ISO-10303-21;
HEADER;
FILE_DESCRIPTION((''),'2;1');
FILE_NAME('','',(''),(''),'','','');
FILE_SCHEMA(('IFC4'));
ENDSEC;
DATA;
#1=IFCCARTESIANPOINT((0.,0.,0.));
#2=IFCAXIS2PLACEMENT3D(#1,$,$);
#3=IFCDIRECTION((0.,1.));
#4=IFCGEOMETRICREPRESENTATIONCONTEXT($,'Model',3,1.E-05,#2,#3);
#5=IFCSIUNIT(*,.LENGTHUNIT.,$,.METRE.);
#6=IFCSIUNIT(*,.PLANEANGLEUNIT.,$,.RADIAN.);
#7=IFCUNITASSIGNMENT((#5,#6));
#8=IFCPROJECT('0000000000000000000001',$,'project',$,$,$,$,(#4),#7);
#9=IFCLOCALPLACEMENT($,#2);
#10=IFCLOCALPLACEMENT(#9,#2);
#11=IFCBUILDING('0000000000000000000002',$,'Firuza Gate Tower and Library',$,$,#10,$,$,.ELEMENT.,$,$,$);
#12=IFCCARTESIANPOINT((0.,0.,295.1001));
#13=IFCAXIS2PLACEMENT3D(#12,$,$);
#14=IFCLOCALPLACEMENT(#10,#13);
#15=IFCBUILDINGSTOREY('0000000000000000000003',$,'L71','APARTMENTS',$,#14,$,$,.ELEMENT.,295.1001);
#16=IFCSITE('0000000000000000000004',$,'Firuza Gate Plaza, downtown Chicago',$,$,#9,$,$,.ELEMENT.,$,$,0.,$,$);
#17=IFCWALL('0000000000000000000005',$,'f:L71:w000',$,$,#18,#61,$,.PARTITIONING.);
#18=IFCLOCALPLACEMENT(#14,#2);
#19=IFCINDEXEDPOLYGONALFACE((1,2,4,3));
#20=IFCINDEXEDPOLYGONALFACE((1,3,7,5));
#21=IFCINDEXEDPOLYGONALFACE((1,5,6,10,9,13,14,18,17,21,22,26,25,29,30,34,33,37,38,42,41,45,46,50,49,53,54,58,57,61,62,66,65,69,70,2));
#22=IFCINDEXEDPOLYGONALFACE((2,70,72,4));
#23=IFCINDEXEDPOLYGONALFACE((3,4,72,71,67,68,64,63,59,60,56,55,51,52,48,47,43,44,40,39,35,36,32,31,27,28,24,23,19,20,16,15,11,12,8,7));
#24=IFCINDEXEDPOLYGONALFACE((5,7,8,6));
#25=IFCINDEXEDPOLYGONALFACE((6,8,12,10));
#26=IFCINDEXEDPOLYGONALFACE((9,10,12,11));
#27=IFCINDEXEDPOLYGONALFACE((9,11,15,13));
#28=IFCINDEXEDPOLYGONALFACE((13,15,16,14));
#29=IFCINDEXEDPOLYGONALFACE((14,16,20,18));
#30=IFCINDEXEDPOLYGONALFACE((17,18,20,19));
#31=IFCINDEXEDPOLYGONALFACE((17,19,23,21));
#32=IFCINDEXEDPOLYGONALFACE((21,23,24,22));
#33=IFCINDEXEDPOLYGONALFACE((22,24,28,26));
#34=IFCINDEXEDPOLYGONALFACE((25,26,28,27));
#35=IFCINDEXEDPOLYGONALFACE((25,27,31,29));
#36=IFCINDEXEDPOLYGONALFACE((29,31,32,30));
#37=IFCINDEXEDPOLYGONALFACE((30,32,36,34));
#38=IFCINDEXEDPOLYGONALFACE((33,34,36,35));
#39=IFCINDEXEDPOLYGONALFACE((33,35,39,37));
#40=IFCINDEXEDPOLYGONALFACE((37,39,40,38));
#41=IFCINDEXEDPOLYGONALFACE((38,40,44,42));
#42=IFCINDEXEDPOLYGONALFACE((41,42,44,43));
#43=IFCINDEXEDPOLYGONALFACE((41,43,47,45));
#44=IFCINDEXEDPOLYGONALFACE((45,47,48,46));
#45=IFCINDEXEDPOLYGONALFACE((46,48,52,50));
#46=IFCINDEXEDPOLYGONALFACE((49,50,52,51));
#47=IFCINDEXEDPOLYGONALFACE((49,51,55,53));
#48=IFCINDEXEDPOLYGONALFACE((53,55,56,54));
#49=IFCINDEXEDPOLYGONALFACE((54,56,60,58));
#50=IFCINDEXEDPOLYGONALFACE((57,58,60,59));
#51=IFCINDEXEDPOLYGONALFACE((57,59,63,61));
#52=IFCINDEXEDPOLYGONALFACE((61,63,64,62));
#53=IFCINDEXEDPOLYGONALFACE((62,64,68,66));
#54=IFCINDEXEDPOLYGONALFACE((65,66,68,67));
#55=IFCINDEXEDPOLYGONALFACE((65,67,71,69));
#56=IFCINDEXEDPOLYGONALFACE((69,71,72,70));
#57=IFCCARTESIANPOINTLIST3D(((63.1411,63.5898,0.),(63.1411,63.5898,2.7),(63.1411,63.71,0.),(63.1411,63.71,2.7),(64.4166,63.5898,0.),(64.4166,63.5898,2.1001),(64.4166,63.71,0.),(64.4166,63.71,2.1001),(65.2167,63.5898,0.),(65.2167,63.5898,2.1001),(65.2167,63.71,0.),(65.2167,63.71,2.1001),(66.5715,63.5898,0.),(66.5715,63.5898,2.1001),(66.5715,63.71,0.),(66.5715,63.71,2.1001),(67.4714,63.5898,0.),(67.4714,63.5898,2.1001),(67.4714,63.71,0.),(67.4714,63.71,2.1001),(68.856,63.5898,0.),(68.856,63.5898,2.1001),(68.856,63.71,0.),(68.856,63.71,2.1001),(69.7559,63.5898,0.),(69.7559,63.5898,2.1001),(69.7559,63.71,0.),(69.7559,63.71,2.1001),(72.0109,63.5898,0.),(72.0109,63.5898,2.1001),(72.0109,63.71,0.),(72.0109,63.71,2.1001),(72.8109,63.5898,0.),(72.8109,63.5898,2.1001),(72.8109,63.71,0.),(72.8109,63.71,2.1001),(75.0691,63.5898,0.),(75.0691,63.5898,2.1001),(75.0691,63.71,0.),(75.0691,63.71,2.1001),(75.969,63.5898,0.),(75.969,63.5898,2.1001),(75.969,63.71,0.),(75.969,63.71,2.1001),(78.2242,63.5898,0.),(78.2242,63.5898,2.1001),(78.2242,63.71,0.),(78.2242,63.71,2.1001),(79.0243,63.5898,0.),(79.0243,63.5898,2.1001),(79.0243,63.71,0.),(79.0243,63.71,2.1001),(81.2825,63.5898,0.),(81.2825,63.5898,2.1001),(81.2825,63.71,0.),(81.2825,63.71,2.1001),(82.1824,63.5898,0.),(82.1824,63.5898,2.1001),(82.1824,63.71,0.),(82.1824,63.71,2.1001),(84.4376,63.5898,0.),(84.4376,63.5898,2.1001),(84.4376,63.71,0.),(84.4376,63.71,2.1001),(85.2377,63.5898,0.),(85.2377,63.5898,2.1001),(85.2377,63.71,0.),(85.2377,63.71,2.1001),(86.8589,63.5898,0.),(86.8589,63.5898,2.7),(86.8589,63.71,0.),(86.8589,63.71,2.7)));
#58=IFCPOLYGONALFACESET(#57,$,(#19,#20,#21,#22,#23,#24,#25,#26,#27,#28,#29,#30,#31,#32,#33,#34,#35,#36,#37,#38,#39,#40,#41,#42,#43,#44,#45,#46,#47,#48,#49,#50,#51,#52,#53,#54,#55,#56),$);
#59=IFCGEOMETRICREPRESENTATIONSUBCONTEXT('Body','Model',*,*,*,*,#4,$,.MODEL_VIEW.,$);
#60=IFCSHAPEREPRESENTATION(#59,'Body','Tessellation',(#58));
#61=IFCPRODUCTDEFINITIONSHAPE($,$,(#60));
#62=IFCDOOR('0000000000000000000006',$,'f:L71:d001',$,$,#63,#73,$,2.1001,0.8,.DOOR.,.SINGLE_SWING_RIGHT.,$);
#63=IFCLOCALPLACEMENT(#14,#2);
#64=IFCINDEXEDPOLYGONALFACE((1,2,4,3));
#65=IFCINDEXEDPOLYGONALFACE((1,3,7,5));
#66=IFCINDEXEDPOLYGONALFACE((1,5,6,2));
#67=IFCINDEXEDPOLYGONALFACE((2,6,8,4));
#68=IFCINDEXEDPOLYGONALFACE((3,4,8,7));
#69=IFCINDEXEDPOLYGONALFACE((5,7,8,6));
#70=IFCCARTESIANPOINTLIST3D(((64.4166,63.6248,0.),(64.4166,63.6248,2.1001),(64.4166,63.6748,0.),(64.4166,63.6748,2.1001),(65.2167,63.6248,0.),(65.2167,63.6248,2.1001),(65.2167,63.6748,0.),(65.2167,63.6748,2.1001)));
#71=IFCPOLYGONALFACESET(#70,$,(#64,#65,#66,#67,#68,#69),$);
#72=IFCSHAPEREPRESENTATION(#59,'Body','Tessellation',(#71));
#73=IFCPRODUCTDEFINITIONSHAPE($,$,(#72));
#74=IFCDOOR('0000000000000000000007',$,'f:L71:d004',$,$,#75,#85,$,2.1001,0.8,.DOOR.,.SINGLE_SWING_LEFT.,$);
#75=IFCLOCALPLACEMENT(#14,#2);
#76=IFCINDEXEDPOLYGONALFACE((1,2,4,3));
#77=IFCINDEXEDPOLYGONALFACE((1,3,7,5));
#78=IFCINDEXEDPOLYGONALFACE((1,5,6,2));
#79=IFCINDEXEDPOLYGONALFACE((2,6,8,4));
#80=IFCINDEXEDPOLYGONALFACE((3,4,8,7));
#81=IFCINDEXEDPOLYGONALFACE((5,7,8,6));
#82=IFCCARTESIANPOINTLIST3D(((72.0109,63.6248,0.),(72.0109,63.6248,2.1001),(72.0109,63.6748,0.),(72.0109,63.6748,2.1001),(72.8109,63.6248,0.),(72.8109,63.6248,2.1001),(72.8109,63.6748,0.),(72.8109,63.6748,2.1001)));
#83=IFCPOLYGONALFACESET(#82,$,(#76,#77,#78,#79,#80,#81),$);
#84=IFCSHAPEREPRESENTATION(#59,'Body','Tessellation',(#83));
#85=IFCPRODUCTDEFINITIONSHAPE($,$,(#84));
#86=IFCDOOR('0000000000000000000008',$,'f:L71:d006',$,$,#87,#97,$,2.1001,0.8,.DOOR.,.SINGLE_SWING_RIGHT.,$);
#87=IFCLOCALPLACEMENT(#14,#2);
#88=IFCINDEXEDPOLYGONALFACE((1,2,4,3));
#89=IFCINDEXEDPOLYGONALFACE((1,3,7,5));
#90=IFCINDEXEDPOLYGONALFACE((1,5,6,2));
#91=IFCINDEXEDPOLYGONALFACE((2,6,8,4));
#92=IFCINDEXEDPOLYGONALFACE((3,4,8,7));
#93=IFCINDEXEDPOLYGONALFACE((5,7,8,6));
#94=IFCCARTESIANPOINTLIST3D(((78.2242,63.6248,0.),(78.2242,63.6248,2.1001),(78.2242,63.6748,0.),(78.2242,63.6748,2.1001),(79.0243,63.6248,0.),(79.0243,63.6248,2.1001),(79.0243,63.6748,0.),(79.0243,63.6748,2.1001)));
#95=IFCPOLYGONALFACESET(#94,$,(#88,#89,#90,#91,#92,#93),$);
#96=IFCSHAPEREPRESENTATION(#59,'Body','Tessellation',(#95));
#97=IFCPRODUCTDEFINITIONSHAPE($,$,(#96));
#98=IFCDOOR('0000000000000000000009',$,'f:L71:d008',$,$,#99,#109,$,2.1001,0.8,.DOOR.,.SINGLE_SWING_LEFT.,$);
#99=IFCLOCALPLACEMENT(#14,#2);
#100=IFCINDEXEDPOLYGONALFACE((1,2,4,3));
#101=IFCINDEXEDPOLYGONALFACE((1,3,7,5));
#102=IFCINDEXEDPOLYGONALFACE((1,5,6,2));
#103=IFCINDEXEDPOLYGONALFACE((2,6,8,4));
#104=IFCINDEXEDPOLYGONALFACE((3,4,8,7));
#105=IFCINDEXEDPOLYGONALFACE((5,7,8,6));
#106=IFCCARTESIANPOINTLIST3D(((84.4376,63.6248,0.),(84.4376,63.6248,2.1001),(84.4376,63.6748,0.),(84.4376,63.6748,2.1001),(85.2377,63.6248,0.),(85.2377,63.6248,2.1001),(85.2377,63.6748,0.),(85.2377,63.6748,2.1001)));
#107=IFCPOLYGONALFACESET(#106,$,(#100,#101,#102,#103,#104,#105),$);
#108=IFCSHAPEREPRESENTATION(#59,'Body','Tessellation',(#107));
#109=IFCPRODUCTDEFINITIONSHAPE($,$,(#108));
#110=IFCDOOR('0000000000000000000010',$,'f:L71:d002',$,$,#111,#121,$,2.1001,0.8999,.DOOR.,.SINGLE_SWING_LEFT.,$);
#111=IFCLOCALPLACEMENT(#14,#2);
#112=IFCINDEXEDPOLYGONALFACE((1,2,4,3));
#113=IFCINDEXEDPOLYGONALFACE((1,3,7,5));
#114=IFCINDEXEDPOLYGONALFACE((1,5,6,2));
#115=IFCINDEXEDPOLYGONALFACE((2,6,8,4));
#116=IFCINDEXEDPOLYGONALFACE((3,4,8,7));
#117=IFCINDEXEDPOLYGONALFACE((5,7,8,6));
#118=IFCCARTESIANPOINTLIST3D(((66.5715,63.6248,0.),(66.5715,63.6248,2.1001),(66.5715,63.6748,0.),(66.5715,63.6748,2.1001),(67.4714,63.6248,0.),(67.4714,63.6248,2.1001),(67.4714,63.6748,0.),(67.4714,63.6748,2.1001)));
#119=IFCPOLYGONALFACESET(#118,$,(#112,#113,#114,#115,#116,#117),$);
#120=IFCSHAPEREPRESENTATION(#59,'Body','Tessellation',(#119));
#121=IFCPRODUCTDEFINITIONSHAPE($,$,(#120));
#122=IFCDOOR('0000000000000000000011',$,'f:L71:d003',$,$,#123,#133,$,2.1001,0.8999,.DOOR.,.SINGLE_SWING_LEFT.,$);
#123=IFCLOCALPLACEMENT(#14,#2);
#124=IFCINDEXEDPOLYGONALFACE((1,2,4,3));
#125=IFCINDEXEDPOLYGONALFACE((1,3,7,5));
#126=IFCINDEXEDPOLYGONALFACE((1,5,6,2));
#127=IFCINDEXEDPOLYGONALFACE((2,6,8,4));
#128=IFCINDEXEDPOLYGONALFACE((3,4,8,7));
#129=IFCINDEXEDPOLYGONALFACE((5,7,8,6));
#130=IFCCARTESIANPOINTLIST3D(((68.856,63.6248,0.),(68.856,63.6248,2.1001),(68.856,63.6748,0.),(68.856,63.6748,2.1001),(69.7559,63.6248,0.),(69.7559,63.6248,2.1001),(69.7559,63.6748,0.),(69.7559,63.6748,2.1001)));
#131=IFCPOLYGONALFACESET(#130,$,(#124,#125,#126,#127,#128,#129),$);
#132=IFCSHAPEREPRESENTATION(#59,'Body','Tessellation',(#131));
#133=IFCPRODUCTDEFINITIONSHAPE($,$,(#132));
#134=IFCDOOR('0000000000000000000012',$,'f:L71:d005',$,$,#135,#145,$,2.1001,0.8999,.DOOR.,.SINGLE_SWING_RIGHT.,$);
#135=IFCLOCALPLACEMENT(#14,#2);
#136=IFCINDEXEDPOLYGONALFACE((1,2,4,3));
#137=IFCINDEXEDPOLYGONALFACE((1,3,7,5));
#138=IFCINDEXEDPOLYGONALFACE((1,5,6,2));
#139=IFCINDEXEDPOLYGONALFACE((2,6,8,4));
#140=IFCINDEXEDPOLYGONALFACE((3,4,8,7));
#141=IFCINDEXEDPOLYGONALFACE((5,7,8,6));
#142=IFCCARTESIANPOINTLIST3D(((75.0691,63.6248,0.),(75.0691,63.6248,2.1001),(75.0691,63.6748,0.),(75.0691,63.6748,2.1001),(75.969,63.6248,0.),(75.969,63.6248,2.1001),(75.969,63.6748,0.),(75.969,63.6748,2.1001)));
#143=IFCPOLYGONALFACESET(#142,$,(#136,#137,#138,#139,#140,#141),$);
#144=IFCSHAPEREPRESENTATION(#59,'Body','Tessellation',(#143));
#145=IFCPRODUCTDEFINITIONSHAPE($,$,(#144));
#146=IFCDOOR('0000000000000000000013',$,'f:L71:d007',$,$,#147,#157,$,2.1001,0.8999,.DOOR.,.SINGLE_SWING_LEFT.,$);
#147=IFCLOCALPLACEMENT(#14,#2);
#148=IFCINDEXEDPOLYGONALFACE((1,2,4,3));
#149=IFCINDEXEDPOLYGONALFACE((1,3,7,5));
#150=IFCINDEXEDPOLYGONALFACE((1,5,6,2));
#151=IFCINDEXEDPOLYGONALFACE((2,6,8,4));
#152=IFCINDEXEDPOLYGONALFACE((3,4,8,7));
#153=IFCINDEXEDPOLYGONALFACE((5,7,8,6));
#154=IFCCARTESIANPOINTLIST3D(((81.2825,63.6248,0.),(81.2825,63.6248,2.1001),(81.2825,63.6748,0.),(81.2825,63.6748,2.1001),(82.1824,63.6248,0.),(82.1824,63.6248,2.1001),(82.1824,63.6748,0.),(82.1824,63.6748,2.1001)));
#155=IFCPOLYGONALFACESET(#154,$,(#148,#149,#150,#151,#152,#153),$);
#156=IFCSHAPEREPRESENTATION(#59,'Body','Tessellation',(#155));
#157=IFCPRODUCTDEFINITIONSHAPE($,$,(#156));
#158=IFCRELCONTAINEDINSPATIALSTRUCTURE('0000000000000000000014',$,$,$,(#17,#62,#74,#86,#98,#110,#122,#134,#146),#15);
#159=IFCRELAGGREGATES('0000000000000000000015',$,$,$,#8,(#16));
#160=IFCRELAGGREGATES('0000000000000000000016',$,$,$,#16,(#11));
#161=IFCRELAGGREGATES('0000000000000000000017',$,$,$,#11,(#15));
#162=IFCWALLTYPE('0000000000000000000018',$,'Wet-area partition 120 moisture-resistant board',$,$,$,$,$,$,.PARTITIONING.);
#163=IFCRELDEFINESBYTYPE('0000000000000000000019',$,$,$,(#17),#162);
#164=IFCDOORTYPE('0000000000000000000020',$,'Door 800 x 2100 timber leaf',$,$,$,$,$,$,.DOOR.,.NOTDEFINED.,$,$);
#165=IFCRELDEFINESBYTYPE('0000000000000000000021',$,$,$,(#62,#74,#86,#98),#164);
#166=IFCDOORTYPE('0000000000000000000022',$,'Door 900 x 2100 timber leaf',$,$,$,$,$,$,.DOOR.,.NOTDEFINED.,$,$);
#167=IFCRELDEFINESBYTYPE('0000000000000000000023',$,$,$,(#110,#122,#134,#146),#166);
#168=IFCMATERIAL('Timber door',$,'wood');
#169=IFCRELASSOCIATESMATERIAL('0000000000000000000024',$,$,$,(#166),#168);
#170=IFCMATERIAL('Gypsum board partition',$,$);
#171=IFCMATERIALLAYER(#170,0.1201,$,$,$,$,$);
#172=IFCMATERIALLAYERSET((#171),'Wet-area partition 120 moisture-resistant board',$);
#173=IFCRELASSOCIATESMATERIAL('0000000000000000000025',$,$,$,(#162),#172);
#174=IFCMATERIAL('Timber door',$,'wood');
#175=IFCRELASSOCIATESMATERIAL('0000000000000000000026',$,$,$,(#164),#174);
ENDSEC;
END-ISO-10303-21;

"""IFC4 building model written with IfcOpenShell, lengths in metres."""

from ifc_helpers import new_model, si_unit, direction, frame, frame_2d, origin, place, context, subcontext, project, spatial, rectangle, extrude, material, layer, layer_set, type_object, element, fill, save


model = new_model("IFC4")

# Units and contexts
model_context = context("Model", 3, precision=1e-05, world=origin(), true_north=direction((0.0, 1.0)))
body_context = subcontext(model_context, "Body", "Model", "MODEL_VIEW")
ifc_project = project(units=[si_unit("LENGTHUNIT", "METRE"), si_unit("PLANEANGLEUNIT", "RADIAN")], contexts=[model_context])

# Site, building, storey
site_placement = place(None, origin())
site = spatial("IfcSite", under=ifc_project, at=site_placement, Name="Firuza Gate Plaza, downtown Chicago", CompositionType="ELEMENT", RefElevation=0.0)
building_placement = place(site_placement, origin())
building = spatial("IfcBuilding", under=site, at=building_placement, Name="Firuza Gate Tower and Library", CompositionType="ELEMENT")
storey_placement = place(building_placement, frame((0.0, 0.0, 295.1001)))
storey = spatial("IfcBuildingStorey", under=building, at=storey_placement, Name="L71", Description="APARTMENTS", CompositionType="ELEMENT", Elevation=295.1001)

# Shared definitions
ifc_material_1 = material(Name="Timber door", Category="wood")
door_type_1 = type_object("IfcDoorType", Name="Door 900 x 2100 timber leaf", OperationType="NOTDEFINED", PredefinedType="DOOR", material=ifc_material_1)

# Wall, openings, doors
ifc_material_2 = material(Name="Gypsum board partition")
ifc_layer_1 = layer(ifc_material_2, 0.1201)
ifc_layer_set_1 = layer_set([ifc_layer_1], Name="Wet-area partition 120 moisture-resistant board")
wall_type_1 = type_object("IfcWallType", Name="Wet-area partition 120 moisture-resistant board", PredefinedType="PARTITIONING", material=ifc_layer_set_1)
wall_1_placement = place(storey_placement, frame((63.1411, 63.6499, 0.0), z_axis=(0.0, 0.0, 1.0), x_axis=(1.0, 0.0, 0.0)))
wall_1 = element("IfcWall", 1, at=wall_1_placement, inside=storey, type_object=wall_type_1, Name="f:L71:w000", PredefinedType="PARTITIONING", context=body_context, shape_type="SweptSolid", body=[
    extrude(rectangle(XDim=23.7178, YDim=0.1201, at=frame_2d((11.8589, 0.0))), origin(), (0.0, 0.0, 1.0), 2.7),
])
opening_1_placement = place(wall_1_placement, frame((1.2756, 0.0, 0.0)))
opening_1 = element("IfcOpeningElement", 2, at=opening_1_placement, cuts=wall_1, PredefinedType="OPENING", context=body_context, shape_type="SweptSolid", body=[
    extrude(rectangle(XDim=0.8, YDim=2.1001, at=frame_2d((0.3999, 1.05))), frame((0.0, 0.0701, 0.0), z_axis=(0.0, -1.0, 0.0), x_axis=(1.0, 0.0, 0.0)), (0.0, 0.0, 1.0), 0.1401),
])
opening_2_placement = place(wall_1_placement, frame((3.4304, 0.0, 0.0)))
opening_2 = element("IfcOpeningElement", 3, at=opening_2_placement, cuts=wall_1, PredefinedType="OPENING", context=body_context, shape_type="SweptSolid", body=[
    extrude(rectangle(XDim=0.8999, YDim=2.1001, at=frame_2d((0.45, 1.05))), frame((0.0, 0.0701, 0.0), z_axis=(0.0, -1.0, 0.0), x_axis=(1.0, 0.0, 0.0)), (0.0, 0.0, 1.0), 0.1401),
])
opening_3_placement = place(wall_1_placement, frame((5.7148, 0.0, 0.0)))
opening_3 = element("IfcOpeningElement", 4, at=opening_3_placement, cuts=wall_1, PredefinedType="OPENING", context=body_context, shape_type="SweptSolid", body=[
    extrude(rectangle(XDim=0.8999, YDim=2.1001, at=frame_2d((0.45, 1.05))), frame((0.0, 0.0701, 0.0), z_axis=(0.0, -1.0, 0.0), x_axis=(1.0, 0.0, 0.0)), (0.0, 0.0, 1.0), 0.1401),
])
opening_4_placement = place(wall_1_placement, frame((8.8699, 0.0, 0.0)))
opening_4 = element("IfcOpeningElement", 5, at=opening_4_placement, cuts=wall_1, PredefinedType="OPENING", context=body_context, shape_type="SweptSolid", body=[
    extrude(rectangle(XDim=0.8, YDim=2.1001, at=frame_2d((0.3999, 1.05))), frame((0.0, 0.0701, 0.0), z_axis=(0.0, -1.0, 0.0), x_axis=(1.0, 0.0, 0.0)), (0.0, 0.0, 1.0), 0.1401),
])
opening_5_placement = place(wall_1_placement, frame((11.928, 0.0, 0.0)))
opening_5 = element("IfcOpeningElement", 6, at=opening_5_placement, cuts=wall_1, PredefinedType="OPENING", context=body_context, shape_type="SweptSolid", body=[
    extrude(rectangle(XDim=0.8999, YDim=2.1001, at=frame_2d((0.45, 1.05))), frame((0.0, 0.0701, 0.0), z_axis=(0.0, -1.0, 0.0), x_axis=(1.0, 0.0, 0.0)), (0.0, 0.0, 1.0), 0.1401),
])
opening_6_placement = place(wall_1_placement, frame((15.0833, 0.0, 0.0)))
opening_6 = element("IfcOpeningElement", 7, at=opening_6_placement, cuts=wall_1, PredefinedType="OPENING", context=body_context, shape_type="SweptSolid", body=[
    extrude(rectangle(XDim=0.8, YDim=2.1001, at=frame_2d((0.3999, 1.05))), frame((0.0, 0.0701, 0.0), z_axis=(0.0, -1.0, 0.0), x_axis=(1.0, 0.0, 0.0)), (0.0, 0.0, 1.0), 0.1401),
])
opening_7_placement = place(wall_1_placement, frame((18.1414, 0.0, 0.0)))
opening_7 = element("IfcOpeningElement", 8, at=opening_7_placement, cuts=wall_1, PredefinedType="OPENING", context=body_context, shape_type="SweptSolid", body=[
    extrude(rectangle(XDim=0.8999, YDim=2.1001, at=frame_2d((0.45, 1.05))), frame((0.0, 0.0701, 0.0), z_axis=(0.0, -1.0, 0.0), x_axis=(1.0, 0.0, 0.0)), (0.0, 0.0, 1.0), 0.1401),
])
opening_8_placement = place(wall_1_placement, frame((21.2966, 0.0, 0.0)))
opening_8 = element("IfcOpeningElement", 9, at=opening_8_placement, cuts=wall_1, PredefinedType="OPENING", context=body_context, shape_type="SweptSolid", body=[
    extrude(rectangle(XDim=0.8, YDim=2.1001, at=frame_2d((0.3999, 1.05))), frame((0.0, 0.0701, 0.0), z_axis=(0.0, -1.0, 0.0), x_axis=(1.0, 0.0, 0.0)), (0.0, 0.0, 1.0), 0.1401),
])
ifc_material_3 = material(Name="Timber door", Category="wood")
door_type_2 = type_object("IfcDoorType", Name="Door 800 x 2100 timber leaf", OperationType="NOTDEFINED", PredefinedType="DOOR", material=ifc_material_3)
door_1_placement = place(opening_1_placement, origin())
door_1 = element("IfcDoor", 10, at=door_1_placement, inside=storey, type_object=door_type_2, Name="f:L71:d001", OperationType="SINGLE_SWING_RIGHT", OverallHeight=2.1001, OverallWidth=0.8, PredefinedType="DOOR", context=body_context, shape_type="SweptSolid", body=[
    extrude(rectangle(XDim=0.8, YDim=2.1001, at=frame_2d((0.3999, 1.05))), frame((0.0, 0.0249, 0.0), z_axis=(0.0, -1.0, 0.0), x_axis=(1.0, 0.0, 0.0)), (0.0, 0.0, 1.0), 0.05),
])
fill(opening_1, door_1)
door_2_placement = place(opening_4_placement, origin())
door_2 = element("IfcDoor", 11, at=door_2_placement, inside=storey, type_object=door_type_2, Name="f:L71:d004", OperationType="SINGLE_SWING_LEFT", OverallHeight=2.1001, OverallWidth=0.8, PredefinedType="DOOR", context=body_context, shape_type="SweptSolid", body=[
    extrude(rectangle(XDim=0.8, YDim=2.1001, at=frame_2d((0.3999, 1.05))), frame((0.0, 0.0249, 0.0), z_axis=(0.0, -1.0, 0.0), x_axis=(1.0, 0.0, 0.0)), (0.0, 0.0, 1.0), 0.05),
])
fill(opening_4, door_2)
door_3_placement = place(opening_6_placement, origin())
door_3 = element("IfcDoor", 12, at=door_3_placement, inside=storey, type_object=door_type_2, Name="f:L71:d006", OperationType="SINGLE_SWING_RIGHT", OverallHeight=2.1001, OverallWidth=0.8, PredefinedType="DOOR", context=body_context, shape_type="SweptSolid", body=[
    extrude(rectangle(XDim=0.8, YDim=2.1001, at=frame_2d((0.3999, 1.05))), frame((0.0, 0.0249, 0.0), z_axis=(0.0, -1.0, 0.0), x_axis=(1.0, 0.0, 0.0)), (0.0, 0.0, 1.0), 0.05),
])
fill(opening_6, door_3)
door_4_placement = place(opening_8_placement, origin())
door_4 = element("IfcDoor", 13, at=door_4_placement, inside=storey, type_object=door_type_2, Name="f:L71:d008", OperationType="SINGLE_SWING_LEFT", OverallHeight=2.1001, OverallWidth=0.8, PredefinedType="DOOR", context=body_context, shape_type="SweptSolid", body=[
    extrude(rectangle(XDim=0.8, YDim=2.1001, at=frame_2d((0.3999, 1.05))), frame((0.0, 0.0249, 0.0), z_axis=(0.0, -1.0, 0.0), x_axis=(1.0, 0.0, 0.0)), (0.0, 0.0, 1.0), 0.05),
])
fill(opening_8, door_4)
door_5_placement = place(opening_2_placement, origin())
door_5 = element("IfcDoor", 14, at=door_5_placement, inside=storey, type_object=door_type_1, Name="f:L71:d002", OperationType="SINGLE_SWING_LEFT", OverallHeight=2.1001, OverallWidth=0.8999, PredefinedType="DOOR", context=body_context, shape_type="SweptSolid", body=[
    extrude(rectangle(XDim=0.8999, YDim=2.1001, at=frame_2d((0.45, 1.05))), frame((0.0, 0.0249, 0.0), z_axis=(0.0, -1.0, 0.0), x_axis=(1.0, 0.0, 0.0)), (0.0, 0.0, 1.0), 0.05),
])
fill(opening_2, door_5)
door_6_placement = place(opening_3_placement, origin())
door_6 = element("IfcDoor", 15, at=door_6_placement, inside=storey, type_object=door_type_1, Name="f:L71:d003", OperationType="SINGLE_SWING_LEFT", OverallHeight=2.1001, OverallWidth=0.8999, PredefinedType="DOOR", context=body_context, shape_type="SweptSolid", body=[
    extrude(rectangle(XDim=0.8999, YDim=2.1001, at=frame_2d((0.45, 1.05))), frame((0.0, 0.0249, 0.0), z_axis=(0.0, -1.0, 0.0), x_axis=(1.0, 0.0, 0.0)), (0.0, 0.0, 1.0), 0.05),
])
fill(opening_3, door_6)
door_7_placement = place(opening_5_placement, origin())
door_7 = element("IfcDoor", 16, at=door_7_placement, inside=storey, type_object=door_type_1, Name="f:L71:d005", OperationType="SINGLE_SWING_RIGHT", OverallHeight=2.1001, OverallWidth=0.8999, PredefinedType="DOOR", context=body_context, shape_type="SweptSolid", body=[
    extrude(rectangle(XDim=0.8999, YDim=2.1001, at=frame_2d((0.45, 1.05))), frame((0.0, 0.0249, 0.0), z_axis=(0.0, -1.0, 0.0), x_axis=(1.0, 0.0, 0.0)), (0.0, 0.0, 1.0), 0.05),
])
fill(opening_5, door_7)
door_8_placement = place(opening_7_placement, origin())
door_8 = element("IfcDoor", 17, at=door_8_placement, inside=storey, type_object=door_type_1, Name="f:L71:d007", OperationType="SINGLE_SWING_LEFT", OverallHeight=2.1001, OverallWidth=0.8999, PredefinedType="DOOR", context=body_context, shape_type="SweptSolid", body=[
    extrude(rectangle(XDim=0.8999, YDim=2.1001, at=frame_2d((0.45, 1.05))), frame((0.0, 0.0249, 0.0), z_axis=(0.0, -1.0, 0.0), x_axis=(1.0, 0.0, 0.0)), (0.0, 0.0, 1.0), 0.05),
])
fill(opening_7, door_8)

save(model, "model.ifc")
